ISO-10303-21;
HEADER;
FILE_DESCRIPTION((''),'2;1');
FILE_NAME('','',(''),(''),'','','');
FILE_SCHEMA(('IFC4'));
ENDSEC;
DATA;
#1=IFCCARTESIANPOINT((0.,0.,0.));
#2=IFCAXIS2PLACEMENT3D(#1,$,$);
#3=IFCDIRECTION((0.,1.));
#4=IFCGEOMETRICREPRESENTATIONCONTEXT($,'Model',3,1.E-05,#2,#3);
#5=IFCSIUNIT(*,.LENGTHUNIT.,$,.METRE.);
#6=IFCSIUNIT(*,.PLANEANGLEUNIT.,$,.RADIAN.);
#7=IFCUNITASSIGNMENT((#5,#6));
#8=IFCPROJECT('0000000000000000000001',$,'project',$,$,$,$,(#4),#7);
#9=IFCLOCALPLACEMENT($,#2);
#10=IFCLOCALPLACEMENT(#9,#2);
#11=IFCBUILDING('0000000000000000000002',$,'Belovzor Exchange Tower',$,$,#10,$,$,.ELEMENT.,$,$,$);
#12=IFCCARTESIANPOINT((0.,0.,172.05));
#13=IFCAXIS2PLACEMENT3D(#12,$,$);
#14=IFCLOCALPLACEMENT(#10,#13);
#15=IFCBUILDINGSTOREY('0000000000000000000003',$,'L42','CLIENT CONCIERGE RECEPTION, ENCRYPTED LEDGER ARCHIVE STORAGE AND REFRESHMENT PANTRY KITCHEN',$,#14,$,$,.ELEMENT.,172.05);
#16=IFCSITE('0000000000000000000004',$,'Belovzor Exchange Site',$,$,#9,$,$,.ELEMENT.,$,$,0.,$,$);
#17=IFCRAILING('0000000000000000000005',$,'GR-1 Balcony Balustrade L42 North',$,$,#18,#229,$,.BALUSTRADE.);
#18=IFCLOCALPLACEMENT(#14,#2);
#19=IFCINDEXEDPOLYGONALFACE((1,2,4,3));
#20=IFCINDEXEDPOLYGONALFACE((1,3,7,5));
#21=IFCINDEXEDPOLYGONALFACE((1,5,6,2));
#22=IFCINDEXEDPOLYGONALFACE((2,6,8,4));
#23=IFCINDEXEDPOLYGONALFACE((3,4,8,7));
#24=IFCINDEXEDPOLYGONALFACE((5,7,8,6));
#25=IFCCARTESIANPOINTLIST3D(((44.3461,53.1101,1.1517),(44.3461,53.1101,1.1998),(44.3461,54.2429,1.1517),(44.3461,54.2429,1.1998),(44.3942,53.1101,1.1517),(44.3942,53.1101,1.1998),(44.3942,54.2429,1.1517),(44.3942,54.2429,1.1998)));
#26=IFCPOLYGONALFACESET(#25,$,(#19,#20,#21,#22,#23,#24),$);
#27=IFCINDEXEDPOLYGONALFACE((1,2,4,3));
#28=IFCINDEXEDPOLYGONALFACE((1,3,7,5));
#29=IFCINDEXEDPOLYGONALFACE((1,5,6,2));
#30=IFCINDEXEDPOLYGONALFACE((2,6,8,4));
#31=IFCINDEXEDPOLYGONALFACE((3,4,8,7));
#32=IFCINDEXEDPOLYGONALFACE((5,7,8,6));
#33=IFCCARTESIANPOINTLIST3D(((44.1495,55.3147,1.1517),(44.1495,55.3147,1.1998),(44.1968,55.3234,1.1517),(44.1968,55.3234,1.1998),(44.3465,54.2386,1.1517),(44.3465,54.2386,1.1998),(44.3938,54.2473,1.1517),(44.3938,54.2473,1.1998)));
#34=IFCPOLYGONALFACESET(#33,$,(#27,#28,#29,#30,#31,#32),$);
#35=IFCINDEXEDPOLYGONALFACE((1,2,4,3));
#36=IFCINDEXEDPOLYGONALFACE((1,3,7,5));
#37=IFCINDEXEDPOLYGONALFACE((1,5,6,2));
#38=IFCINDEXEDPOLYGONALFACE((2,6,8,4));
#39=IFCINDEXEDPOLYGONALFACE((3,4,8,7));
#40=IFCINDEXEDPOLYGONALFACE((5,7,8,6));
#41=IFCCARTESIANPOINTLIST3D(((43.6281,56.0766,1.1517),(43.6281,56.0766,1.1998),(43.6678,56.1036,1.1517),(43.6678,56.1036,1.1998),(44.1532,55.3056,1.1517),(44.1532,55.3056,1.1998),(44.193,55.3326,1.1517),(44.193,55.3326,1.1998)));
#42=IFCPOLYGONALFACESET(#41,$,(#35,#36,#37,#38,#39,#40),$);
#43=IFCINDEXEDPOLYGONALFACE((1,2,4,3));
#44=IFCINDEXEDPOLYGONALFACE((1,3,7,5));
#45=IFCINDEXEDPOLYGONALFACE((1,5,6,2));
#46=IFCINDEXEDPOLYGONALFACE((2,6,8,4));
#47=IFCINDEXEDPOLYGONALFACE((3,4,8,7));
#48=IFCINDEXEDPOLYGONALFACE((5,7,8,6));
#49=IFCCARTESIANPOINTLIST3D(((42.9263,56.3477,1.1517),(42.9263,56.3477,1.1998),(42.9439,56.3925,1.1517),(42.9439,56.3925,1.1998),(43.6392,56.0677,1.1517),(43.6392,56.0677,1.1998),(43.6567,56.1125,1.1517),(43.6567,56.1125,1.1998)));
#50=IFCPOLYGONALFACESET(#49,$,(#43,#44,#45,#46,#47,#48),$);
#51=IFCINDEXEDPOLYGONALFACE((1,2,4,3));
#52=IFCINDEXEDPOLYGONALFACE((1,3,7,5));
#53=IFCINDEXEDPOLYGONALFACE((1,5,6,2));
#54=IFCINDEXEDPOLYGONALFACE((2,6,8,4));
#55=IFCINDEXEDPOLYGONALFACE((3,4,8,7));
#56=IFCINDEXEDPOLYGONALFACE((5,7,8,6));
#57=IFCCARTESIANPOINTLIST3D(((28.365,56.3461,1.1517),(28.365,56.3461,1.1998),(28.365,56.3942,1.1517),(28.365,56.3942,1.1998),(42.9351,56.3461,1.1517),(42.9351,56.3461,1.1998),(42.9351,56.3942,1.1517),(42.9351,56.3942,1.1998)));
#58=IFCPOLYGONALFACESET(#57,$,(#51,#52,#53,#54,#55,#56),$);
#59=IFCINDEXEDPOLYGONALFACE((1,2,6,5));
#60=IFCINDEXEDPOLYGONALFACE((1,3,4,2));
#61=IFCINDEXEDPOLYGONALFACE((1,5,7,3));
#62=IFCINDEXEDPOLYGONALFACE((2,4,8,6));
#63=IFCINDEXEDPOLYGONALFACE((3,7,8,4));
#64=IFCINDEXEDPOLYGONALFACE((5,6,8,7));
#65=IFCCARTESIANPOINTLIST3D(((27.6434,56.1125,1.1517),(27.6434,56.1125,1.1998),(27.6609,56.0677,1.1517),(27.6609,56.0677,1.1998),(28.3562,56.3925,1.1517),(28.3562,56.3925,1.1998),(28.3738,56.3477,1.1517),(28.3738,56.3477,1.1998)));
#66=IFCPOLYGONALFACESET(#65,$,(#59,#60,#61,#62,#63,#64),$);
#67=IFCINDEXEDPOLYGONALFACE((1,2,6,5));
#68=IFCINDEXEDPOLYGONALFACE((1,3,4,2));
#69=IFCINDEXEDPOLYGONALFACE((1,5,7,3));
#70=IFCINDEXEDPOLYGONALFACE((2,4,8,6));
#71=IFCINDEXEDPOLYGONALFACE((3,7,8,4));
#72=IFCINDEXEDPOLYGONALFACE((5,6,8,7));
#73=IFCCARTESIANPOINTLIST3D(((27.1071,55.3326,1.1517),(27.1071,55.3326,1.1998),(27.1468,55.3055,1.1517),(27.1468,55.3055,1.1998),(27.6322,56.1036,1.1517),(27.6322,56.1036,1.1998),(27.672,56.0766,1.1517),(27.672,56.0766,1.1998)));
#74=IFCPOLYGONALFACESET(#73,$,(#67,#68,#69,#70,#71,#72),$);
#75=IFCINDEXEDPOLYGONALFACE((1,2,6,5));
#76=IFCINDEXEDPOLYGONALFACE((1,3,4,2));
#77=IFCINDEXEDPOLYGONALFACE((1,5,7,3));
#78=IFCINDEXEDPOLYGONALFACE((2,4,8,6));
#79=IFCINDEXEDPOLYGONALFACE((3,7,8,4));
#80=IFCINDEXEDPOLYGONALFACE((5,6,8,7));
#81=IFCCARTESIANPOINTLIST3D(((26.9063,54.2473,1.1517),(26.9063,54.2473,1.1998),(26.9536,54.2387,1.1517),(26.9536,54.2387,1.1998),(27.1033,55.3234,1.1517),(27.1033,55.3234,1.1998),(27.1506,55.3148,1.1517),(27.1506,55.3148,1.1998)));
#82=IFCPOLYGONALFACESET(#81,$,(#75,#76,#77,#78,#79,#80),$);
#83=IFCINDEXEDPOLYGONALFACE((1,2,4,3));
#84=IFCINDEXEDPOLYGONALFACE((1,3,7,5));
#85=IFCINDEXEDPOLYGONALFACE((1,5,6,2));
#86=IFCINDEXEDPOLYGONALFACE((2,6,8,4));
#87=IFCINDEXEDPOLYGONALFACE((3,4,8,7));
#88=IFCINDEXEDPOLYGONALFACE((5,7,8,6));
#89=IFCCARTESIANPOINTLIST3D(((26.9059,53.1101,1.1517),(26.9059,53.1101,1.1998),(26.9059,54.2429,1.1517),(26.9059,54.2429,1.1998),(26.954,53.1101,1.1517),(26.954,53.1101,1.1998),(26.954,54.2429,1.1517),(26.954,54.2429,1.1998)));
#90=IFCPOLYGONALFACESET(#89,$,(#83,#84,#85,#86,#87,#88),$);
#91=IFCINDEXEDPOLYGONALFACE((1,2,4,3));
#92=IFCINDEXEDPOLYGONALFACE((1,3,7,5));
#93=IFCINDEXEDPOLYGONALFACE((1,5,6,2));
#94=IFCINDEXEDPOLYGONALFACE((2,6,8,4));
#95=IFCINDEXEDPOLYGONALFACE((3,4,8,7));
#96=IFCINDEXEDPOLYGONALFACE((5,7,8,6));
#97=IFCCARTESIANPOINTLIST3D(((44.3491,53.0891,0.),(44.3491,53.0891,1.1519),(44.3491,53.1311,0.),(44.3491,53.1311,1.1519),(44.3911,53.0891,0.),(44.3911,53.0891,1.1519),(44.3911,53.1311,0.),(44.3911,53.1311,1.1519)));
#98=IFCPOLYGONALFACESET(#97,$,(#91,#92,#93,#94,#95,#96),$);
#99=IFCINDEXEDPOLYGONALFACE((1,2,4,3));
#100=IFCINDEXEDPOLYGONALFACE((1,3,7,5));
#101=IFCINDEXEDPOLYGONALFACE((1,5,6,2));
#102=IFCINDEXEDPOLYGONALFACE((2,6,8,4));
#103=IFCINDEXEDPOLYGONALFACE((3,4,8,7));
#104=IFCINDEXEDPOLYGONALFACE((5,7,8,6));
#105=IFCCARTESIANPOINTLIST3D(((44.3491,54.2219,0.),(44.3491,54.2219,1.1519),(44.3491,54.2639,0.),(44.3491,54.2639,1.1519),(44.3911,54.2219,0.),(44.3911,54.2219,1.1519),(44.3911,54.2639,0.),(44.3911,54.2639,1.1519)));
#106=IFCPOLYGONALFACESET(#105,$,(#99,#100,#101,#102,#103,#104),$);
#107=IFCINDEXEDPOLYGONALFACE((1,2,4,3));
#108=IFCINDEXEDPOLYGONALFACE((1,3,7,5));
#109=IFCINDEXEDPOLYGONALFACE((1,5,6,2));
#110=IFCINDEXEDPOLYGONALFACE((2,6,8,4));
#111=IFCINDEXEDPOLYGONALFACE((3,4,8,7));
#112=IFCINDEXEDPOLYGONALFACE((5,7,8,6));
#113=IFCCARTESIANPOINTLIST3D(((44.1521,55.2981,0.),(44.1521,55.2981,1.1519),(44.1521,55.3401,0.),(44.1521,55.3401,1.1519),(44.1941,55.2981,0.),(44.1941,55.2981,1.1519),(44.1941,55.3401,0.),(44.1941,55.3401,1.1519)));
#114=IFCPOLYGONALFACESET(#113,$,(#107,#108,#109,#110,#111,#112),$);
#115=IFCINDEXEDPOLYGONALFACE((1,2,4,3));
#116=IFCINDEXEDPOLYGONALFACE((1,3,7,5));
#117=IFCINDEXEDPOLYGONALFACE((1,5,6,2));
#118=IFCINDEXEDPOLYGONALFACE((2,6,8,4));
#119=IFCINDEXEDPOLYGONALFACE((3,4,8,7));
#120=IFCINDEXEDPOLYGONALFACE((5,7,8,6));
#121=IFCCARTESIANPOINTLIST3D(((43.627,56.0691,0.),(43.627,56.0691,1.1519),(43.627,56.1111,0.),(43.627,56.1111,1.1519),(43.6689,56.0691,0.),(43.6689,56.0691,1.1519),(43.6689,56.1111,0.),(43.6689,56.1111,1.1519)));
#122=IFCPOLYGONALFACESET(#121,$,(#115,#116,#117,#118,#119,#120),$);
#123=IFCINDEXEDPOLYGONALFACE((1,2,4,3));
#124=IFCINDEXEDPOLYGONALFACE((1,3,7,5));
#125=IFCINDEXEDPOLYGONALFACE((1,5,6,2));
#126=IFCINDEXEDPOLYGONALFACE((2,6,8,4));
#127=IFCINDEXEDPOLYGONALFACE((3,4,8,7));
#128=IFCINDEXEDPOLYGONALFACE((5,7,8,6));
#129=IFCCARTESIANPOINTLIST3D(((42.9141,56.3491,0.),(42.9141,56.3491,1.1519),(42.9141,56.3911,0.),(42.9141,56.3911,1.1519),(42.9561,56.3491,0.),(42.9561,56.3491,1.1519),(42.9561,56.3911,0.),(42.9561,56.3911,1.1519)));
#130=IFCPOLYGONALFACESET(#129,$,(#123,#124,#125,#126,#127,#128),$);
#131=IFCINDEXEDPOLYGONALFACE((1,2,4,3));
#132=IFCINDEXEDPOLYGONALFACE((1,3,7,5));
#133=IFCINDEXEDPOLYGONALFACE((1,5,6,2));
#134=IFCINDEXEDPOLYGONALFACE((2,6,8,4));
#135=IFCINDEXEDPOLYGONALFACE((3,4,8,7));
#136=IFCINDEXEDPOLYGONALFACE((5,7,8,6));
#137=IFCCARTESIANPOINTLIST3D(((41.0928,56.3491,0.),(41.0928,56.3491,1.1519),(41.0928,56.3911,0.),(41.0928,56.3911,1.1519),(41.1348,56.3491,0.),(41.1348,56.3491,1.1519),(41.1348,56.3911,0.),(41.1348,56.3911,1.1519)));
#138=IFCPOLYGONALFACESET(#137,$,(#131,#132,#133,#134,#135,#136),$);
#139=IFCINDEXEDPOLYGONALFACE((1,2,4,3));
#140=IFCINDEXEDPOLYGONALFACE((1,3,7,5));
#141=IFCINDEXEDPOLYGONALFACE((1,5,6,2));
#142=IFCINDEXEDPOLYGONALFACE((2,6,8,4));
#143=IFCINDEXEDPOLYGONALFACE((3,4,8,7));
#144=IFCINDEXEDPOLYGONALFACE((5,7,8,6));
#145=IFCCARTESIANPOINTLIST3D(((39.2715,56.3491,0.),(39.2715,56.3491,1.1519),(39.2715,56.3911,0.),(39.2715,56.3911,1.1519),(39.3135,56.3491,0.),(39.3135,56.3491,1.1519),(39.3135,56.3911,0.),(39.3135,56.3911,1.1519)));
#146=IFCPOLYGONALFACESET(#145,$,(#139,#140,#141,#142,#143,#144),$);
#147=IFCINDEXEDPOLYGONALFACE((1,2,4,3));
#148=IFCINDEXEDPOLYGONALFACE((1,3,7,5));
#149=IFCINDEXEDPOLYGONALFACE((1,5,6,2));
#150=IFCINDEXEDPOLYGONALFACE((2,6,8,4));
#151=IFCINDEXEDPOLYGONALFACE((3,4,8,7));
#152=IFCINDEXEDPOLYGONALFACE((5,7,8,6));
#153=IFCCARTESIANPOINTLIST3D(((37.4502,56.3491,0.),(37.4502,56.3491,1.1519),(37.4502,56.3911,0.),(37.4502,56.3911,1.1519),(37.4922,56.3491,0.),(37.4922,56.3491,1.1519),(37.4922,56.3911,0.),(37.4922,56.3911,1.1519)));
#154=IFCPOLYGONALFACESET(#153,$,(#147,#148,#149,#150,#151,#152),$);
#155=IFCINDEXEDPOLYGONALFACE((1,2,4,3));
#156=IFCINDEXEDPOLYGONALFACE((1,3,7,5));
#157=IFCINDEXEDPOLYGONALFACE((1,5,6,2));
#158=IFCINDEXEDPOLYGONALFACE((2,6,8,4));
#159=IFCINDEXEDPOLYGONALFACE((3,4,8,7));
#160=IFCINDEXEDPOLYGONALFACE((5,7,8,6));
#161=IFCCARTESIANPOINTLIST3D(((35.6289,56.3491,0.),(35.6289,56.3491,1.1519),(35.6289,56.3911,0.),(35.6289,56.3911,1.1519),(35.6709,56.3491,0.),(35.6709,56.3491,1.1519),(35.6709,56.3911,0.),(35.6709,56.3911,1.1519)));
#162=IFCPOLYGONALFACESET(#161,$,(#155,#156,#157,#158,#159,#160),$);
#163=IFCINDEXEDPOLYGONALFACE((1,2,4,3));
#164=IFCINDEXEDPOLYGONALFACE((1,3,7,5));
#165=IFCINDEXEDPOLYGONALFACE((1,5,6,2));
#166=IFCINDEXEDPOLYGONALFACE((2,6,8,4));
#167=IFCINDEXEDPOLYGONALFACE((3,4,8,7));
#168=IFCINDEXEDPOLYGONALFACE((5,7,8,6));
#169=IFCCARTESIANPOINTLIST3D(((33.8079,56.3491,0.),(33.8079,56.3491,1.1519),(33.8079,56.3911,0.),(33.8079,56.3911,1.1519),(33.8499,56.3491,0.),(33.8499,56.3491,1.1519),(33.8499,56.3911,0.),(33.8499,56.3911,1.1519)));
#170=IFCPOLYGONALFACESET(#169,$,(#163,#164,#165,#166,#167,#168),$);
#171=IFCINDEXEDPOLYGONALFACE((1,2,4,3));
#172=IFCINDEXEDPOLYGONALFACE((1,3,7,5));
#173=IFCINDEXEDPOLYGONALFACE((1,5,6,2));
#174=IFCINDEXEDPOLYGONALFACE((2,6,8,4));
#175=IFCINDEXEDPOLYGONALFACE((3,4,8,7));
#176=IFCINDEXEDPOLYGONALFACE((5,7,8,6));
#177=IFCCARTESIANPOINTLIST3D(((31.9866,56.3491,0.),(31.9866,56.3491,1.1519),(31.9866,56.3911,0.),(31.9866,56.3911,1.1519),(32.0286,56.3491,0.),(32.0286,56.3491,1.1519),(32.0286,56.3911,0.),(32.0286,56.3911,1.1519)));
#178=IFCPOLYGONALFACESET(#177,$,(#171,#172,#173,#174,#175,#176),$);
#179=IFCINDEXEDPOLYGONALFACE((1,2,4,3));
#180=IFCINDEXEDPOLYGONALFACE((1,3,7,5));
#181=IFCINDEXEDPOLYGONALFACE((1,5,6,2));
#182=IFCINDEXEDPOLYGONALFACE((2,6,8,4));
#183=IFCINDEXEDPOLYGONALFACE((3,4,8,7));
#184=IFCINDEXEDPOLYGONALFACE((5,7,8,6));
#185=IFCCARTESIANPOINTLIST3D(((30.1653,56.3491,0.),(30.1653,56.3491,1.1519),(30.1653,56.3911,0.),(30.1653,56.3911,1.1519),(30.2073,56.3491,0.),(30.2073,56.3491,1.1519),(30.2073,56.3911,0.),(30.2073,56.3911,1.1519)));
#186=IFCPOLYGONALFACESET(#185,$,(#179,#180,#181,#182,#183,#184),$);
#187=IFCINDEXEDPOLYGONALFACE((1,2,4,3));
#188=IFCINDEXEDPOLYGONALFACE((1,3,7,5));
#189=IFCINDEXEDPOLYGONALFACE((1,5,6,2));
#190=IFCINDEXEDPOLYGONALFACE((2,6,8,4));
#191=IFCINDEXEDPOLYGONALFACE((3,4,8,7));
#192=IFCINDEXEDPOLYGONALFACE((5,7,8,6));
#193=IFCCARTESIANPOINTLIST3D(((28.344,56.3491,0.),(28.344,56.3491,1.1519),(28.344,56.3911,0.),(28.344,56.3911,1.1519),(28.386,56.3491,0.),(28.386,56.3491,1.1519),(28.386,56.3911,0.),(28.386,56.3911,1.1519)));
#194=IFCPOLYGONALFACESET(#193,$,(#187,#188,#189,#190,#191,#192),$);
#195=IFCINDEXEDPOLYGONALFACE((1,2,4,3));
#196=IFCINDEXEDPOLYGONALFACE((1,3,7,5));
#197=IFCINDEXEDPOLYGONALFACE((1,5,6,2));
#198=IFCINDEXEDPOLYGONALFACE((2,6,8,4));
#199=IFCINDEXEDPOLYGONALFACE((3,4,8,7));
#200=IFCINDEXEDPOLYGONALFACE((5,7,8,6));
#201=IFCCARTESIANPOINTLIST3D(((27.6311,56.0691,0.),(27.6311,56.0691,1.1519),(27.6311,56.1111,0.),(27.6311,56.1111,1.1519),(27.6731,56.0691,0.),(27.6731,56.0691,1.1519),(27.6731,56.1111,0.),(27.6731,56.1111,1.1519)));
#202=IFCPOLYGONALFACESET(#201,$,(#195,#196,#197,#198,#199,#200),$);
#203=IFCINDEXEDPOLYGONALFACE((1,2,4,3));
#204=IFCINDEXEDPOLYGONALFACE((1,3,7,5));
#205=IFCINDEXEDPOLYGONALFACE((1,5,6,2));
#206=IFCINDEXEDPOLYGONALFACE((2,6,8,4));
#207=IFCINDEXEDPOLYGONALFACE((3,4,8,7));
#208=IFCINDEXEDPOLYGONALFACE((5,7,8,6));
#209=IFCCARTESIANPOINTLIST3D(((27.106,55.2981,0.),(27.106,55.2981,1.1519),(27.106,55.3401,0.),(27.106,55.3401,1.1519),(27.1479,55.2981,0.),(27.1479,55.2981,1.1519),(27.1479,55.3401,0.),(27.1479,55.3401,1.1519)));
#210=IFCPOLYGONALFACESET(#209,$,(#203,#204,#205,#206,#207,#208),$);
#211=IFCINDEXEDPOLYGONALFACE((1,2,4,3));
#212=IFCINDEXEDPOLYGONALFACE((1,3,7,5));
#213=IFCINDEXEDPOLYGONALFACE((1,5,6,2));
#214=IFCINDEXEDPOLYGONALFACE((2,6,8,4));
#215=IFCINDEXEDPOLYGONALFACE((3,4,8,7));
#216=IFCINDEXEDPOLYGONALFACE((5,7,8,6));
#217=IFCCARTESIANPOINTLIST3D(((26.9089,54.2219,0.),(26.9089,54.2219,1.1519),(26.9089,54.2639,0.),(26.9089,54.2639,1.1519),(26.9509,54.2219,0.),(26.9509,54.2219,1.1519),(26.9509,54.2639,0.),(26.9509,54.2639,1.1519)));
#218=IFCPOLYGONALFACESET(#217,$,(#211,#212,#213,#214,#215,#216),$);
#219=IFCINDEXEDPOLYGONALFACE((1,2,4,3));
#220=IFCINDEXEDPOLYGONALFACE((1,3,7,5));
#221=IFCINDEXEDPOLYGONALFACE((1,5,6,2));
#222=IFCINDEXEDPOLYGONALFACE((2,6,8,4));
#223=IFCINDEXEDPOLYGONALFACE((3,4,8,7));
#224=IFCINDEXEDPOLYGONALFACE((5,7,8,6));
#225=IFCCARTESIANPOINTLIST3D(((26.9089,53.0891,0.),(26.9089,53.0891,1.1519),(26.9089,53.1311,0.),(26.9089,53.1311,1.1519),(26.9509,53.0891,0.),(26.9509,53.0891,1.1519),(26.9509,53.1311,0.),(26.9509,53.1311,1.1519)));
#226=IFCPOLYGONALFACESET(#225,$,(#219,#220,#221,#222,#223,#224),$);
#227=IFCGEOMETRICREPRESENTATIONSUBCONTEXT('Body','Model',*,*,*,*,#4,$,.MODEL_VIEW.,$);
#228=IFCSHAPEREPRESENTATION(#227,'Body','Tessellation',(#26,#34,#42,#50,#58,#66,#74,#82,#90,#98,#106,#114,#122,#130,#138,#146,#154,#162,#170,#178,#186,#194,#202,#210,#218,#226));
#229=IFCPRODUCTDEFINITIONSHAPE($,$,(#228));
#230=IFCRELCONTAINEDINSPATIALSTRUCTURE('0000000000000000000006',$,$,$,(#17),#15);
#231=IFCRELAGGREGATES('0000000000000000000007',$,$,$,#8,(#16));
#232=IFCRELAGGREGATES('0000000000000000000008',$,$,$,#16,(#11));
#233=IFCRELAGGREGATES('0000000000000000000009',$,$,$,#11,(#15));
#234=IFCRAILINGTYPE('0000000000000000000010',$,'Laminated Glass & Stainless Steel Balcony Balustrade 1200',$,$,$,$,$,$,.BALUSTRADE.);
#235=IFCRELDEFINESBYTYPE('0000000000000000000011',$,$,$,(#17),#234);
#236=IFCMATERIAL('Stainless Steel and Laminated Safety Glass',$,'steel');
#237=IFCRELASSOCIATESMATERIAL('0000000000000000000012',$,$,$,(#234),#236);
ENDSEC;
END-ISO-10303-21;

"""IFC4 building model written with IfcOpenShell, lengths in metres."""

from ifc_helpers import new_model, si_unit, direction, frame, origin, origin_2d, place, context, subcontext, project, spatial, rectangle, extrude, material, type_object, element, save


model = new_model("IFC4")

# Units and contexts
model_context = context("Model", 3, precision=1e-05, world=origin(), true_north=direction((0.0, 1.0)))
body_context = subcontext(model_context, "Body", "Model", "MODEL_VIEW")
ifc_project = project(units=[si_unit("LENGTHUNIT", "METRE"), si_unit("PLANEANGLEUNIT", "RADIAN")], contexts=[model_context])

# Site, building, storey
site_placement = place(None, origin())
site = spatial("IfcSite", under=ifc_project, at=site_placement, Name="Belovzor Exchange Site", CompositionType="ELEMENT", RefElevation=0.0)
building_placement = place(site_placement, origin())
building = spatial("IfcBuilding", under=site, at=building_placement, Name="Belovzor Exchange Tower", CompositionType="ELEMENT")
storey_placement = place(building_placement, frame((0.0, 0.0, 172.05)))
storey = spatial("IfcBuildingStorey", under=building, at=storey_placement, Name="L42", Description="CLIENT CONCIERGE RECEPTION, ENCRYPTED LEDGER ARCHIVE STORAGE AND REFRESHMENT PANTRY KITCHEN", CompositionType="ELEMENT", Elevation=172.05)

# Railing
ifc_material_1 = material(Name="Stainless Steel and Laminated Safety Glass", Category="steel")
railing_type = type_object("IfcRailingType", Name="Laminated Glass & Stainless Steel Balcony Balustrade 1200", PredefinedType="BALUSTRADE", material=ifc_material_1)
railing_placement = place(storey_placement, frame((44.3701, 53.1101, 0.0)))
element("IfcRailing", 1, at=railing_placement, inside=storey, type_object=railing_type, Name="GR-1 Balcony Balustrade L42 North", PredefinedType="BALUSTRADE", context=body_context, shape_type="SweptSolid", body=[
    extrude(rectangle(XDim=0.0481, YDim=0.0481, at=origin_2d()), frame((0.0, 0.0, 1.1758), z_axis=(0.0, 1.0, 0.0), x_axis=(-1.0, 0.0, 0.0)), (0.0, 0.0, 1.0), 1.1328),
    extrude(rectangle(XDim=0.0481, YDim=0.0481, at=origin_2d()), frame((0.0, 1.1328, 1.1758), z_axis=(-0.180083, 0.983651, 0.0), x_axis=(-0.983651, -0.180083, 0.0)), (0.0, 0.0, 1.0), 1.094),
    extrude(rectangle(XDim=0.0481, YDim=0.0481, at=origin_2d()), frame((-0.197, 2.209, 1.1758), z_axis=(-0.562947, 0.826493, 0.0), x_axis=(-0.826493, -0.562947, 0.0)), (0.0, 0.0, 1.0), 0.9329),
    extrude(rectangle(XDim=0.0481, YDim=0.0481, at=origin_2d()), frame((-0.7222, 2.98, 1.1758), z_axis=(-0.930767, 0.365613, 0.0), x_axis=(-0.365613, -0.930767, 0.0)), (0.0, 0.0, 1.0), 0.7659),
    extrude(rectangle(XDim=0.0481, YDim=0.0481, at=origin_2d()), frame((-1.4351, 3.26, 1.1758), z_axis=(-1.0, 0.0, 0.0), x_axis=(0.0, -1.0, 0.0)), (0.0, 0.0, 1.0), 14.5701),
    extrude(rectangle(XDim=0.0481, YDim=0.0481, at=origin_2d()), frame((-16.0051, 3.26, 1.1758), z_axis=(-0.930767, -0.365613, 0.0), x_axis=(0.365613, -0.930767, 0.0)), (0.0, 0.0, 1.0), 0.7659),
    extrude(rectangle(XDim=0.0481, YDim=0.0481, at=origin_2d()), frame((-16.718, 2.98, 1.1758), z_axis=(-0.562947, -0.826493, 0.0), x_axis=(0.826493, -0.562947, 0.0)), (0.0, 0.0, 1.0), 0.9329),
    extrude(rectangle(XDim=0.0481, YDim=0.0481, at=origin_2d()), frame((-17.2432, 2.209, 1.1758), z_axis=(-0.180083, -0.983651, 0.0), x_axis=(0.983651, -0.180083, 0.0)), (0.0, 0.0, 1.0), 1.094),
    extrude(rectangle(XDim=0.0481, YDim=0.0481, at=origin_2d()), frame((-17.4402, 1.1328, 1.1758), z_axis=(0.0, -1.0, 0.0), x_axis=(1.0, 0.0, 0.0)), (0.0, 0.0, 1.0), 1.1328),
    extrude(rectangle(XDim=0.042, YDim=0.042, at=origin_2d()), origin(), (0.0, 0.0, 1.0), 1.1519),
    extrude(rectangle(XDim=0.042, YDim=0.042, at=origin_2d()), frame((0.0, 1.1328, 0.0)), (0.0, 0.0, 1.0), 1.1519),
    extrude(rectangle(XDim=0.042, YDim=0.042, at=origin_2d()), frame((-0.197, 2.209, 0.0)), (0.0, 0.0, 1.0), 1.1519),
    extrude(rectangle(XDim=0.042, YDim=0.042, at=origin_2d()), frame((-0.7222, 2.98, 0.0)), (0.0, 0.0, 1.0), 1.1519),
    extrude(rectangle(XDim=0.042, YDim=0.042, at=origin_2d()), frame((-1.4351, 3.26, 0.0)), (0.0, 0.0, 1.0), 1.1519),
    extrude(rectangle(XDim=0.042, YDim=0.042, at=origin_2d()), frame((-3.2563, 3.26, 0.0)), (0.0, 0.0, 1.0), 1.1519),
    extrude(rectangle(XDim=0.042, YDim=0.042, at=origin_2d()), frame((-5.0776, 3.26, 0.0)), (0.0, 0.0, 1.0), 1.1519),
    extrude(rectangle(XDim=0.042, YDim=0.042, at=origin_2d()), frame((-6.8989, 3.26, 0.0)), (0.0, 0.0, 1.0), 1.1519),
    extrude(rectangle(XDim=0.042, YDim=0.042, at=origin_2d()), frame((-8.7202, 3.26, 0.0)), (0.0, 0.0, 1.0), 1.1519),
    extrude(rectangle(XDim=0.042, YDim=0.042, at=origin_2d()), frame((-10.5413, 3.26, 0.0)), (0.0, 0.0, 1.0), 1.1519),
    extrude(rectangle(XDim=0.042, YDim=0.042, at=origin_2d()), frame((-12.3625, 3.26, 0.0)), (0.0, 0.0, 1.0), 1.1519),
    extrude(rectangle(XDim=0.042, YDim=0.042, at=origin_2d()), frame((-14.1838, 3.26, 0.0)), (0.0, 0.0, 1.0), 1.1519),
    extrude(rectangle(XDim=0.042, YDim=0.042, at=origin_2d()), frame((-16.0051, 3.26, 0.0)), (0.0, 0.0, 1.0), 1.1519),
    extrude(rectangle(XDim=0.042, YDim=0.042, at=origin_2d()), frame((-16.718, 2.98, 0.0)), (0.0, 0.0, 1.0), 1.1519),
    extrude(rectangle(XDim=0.042, YDim=0.042, at=origin_2d()), frame((-17.2432, 2.209, 0.0)), (0.0, 0.0, 1.0), 1.1519),
    extrude(rectangle(XDim=0.042, YDim=0.042, at=origin_2d()), frame((-17.4402, 1.1328, 0.0)), (0.0, 0.0, 1.0), 1.1519),
    extrude(rectangle(XDim=0.042, YDim=0.042, at=origin_2d()), frame((-17.4402, 0.0, 0.0)), (0.0, 0.0, 1.0), 1.1519),
])

save(model, "model.ifc")
